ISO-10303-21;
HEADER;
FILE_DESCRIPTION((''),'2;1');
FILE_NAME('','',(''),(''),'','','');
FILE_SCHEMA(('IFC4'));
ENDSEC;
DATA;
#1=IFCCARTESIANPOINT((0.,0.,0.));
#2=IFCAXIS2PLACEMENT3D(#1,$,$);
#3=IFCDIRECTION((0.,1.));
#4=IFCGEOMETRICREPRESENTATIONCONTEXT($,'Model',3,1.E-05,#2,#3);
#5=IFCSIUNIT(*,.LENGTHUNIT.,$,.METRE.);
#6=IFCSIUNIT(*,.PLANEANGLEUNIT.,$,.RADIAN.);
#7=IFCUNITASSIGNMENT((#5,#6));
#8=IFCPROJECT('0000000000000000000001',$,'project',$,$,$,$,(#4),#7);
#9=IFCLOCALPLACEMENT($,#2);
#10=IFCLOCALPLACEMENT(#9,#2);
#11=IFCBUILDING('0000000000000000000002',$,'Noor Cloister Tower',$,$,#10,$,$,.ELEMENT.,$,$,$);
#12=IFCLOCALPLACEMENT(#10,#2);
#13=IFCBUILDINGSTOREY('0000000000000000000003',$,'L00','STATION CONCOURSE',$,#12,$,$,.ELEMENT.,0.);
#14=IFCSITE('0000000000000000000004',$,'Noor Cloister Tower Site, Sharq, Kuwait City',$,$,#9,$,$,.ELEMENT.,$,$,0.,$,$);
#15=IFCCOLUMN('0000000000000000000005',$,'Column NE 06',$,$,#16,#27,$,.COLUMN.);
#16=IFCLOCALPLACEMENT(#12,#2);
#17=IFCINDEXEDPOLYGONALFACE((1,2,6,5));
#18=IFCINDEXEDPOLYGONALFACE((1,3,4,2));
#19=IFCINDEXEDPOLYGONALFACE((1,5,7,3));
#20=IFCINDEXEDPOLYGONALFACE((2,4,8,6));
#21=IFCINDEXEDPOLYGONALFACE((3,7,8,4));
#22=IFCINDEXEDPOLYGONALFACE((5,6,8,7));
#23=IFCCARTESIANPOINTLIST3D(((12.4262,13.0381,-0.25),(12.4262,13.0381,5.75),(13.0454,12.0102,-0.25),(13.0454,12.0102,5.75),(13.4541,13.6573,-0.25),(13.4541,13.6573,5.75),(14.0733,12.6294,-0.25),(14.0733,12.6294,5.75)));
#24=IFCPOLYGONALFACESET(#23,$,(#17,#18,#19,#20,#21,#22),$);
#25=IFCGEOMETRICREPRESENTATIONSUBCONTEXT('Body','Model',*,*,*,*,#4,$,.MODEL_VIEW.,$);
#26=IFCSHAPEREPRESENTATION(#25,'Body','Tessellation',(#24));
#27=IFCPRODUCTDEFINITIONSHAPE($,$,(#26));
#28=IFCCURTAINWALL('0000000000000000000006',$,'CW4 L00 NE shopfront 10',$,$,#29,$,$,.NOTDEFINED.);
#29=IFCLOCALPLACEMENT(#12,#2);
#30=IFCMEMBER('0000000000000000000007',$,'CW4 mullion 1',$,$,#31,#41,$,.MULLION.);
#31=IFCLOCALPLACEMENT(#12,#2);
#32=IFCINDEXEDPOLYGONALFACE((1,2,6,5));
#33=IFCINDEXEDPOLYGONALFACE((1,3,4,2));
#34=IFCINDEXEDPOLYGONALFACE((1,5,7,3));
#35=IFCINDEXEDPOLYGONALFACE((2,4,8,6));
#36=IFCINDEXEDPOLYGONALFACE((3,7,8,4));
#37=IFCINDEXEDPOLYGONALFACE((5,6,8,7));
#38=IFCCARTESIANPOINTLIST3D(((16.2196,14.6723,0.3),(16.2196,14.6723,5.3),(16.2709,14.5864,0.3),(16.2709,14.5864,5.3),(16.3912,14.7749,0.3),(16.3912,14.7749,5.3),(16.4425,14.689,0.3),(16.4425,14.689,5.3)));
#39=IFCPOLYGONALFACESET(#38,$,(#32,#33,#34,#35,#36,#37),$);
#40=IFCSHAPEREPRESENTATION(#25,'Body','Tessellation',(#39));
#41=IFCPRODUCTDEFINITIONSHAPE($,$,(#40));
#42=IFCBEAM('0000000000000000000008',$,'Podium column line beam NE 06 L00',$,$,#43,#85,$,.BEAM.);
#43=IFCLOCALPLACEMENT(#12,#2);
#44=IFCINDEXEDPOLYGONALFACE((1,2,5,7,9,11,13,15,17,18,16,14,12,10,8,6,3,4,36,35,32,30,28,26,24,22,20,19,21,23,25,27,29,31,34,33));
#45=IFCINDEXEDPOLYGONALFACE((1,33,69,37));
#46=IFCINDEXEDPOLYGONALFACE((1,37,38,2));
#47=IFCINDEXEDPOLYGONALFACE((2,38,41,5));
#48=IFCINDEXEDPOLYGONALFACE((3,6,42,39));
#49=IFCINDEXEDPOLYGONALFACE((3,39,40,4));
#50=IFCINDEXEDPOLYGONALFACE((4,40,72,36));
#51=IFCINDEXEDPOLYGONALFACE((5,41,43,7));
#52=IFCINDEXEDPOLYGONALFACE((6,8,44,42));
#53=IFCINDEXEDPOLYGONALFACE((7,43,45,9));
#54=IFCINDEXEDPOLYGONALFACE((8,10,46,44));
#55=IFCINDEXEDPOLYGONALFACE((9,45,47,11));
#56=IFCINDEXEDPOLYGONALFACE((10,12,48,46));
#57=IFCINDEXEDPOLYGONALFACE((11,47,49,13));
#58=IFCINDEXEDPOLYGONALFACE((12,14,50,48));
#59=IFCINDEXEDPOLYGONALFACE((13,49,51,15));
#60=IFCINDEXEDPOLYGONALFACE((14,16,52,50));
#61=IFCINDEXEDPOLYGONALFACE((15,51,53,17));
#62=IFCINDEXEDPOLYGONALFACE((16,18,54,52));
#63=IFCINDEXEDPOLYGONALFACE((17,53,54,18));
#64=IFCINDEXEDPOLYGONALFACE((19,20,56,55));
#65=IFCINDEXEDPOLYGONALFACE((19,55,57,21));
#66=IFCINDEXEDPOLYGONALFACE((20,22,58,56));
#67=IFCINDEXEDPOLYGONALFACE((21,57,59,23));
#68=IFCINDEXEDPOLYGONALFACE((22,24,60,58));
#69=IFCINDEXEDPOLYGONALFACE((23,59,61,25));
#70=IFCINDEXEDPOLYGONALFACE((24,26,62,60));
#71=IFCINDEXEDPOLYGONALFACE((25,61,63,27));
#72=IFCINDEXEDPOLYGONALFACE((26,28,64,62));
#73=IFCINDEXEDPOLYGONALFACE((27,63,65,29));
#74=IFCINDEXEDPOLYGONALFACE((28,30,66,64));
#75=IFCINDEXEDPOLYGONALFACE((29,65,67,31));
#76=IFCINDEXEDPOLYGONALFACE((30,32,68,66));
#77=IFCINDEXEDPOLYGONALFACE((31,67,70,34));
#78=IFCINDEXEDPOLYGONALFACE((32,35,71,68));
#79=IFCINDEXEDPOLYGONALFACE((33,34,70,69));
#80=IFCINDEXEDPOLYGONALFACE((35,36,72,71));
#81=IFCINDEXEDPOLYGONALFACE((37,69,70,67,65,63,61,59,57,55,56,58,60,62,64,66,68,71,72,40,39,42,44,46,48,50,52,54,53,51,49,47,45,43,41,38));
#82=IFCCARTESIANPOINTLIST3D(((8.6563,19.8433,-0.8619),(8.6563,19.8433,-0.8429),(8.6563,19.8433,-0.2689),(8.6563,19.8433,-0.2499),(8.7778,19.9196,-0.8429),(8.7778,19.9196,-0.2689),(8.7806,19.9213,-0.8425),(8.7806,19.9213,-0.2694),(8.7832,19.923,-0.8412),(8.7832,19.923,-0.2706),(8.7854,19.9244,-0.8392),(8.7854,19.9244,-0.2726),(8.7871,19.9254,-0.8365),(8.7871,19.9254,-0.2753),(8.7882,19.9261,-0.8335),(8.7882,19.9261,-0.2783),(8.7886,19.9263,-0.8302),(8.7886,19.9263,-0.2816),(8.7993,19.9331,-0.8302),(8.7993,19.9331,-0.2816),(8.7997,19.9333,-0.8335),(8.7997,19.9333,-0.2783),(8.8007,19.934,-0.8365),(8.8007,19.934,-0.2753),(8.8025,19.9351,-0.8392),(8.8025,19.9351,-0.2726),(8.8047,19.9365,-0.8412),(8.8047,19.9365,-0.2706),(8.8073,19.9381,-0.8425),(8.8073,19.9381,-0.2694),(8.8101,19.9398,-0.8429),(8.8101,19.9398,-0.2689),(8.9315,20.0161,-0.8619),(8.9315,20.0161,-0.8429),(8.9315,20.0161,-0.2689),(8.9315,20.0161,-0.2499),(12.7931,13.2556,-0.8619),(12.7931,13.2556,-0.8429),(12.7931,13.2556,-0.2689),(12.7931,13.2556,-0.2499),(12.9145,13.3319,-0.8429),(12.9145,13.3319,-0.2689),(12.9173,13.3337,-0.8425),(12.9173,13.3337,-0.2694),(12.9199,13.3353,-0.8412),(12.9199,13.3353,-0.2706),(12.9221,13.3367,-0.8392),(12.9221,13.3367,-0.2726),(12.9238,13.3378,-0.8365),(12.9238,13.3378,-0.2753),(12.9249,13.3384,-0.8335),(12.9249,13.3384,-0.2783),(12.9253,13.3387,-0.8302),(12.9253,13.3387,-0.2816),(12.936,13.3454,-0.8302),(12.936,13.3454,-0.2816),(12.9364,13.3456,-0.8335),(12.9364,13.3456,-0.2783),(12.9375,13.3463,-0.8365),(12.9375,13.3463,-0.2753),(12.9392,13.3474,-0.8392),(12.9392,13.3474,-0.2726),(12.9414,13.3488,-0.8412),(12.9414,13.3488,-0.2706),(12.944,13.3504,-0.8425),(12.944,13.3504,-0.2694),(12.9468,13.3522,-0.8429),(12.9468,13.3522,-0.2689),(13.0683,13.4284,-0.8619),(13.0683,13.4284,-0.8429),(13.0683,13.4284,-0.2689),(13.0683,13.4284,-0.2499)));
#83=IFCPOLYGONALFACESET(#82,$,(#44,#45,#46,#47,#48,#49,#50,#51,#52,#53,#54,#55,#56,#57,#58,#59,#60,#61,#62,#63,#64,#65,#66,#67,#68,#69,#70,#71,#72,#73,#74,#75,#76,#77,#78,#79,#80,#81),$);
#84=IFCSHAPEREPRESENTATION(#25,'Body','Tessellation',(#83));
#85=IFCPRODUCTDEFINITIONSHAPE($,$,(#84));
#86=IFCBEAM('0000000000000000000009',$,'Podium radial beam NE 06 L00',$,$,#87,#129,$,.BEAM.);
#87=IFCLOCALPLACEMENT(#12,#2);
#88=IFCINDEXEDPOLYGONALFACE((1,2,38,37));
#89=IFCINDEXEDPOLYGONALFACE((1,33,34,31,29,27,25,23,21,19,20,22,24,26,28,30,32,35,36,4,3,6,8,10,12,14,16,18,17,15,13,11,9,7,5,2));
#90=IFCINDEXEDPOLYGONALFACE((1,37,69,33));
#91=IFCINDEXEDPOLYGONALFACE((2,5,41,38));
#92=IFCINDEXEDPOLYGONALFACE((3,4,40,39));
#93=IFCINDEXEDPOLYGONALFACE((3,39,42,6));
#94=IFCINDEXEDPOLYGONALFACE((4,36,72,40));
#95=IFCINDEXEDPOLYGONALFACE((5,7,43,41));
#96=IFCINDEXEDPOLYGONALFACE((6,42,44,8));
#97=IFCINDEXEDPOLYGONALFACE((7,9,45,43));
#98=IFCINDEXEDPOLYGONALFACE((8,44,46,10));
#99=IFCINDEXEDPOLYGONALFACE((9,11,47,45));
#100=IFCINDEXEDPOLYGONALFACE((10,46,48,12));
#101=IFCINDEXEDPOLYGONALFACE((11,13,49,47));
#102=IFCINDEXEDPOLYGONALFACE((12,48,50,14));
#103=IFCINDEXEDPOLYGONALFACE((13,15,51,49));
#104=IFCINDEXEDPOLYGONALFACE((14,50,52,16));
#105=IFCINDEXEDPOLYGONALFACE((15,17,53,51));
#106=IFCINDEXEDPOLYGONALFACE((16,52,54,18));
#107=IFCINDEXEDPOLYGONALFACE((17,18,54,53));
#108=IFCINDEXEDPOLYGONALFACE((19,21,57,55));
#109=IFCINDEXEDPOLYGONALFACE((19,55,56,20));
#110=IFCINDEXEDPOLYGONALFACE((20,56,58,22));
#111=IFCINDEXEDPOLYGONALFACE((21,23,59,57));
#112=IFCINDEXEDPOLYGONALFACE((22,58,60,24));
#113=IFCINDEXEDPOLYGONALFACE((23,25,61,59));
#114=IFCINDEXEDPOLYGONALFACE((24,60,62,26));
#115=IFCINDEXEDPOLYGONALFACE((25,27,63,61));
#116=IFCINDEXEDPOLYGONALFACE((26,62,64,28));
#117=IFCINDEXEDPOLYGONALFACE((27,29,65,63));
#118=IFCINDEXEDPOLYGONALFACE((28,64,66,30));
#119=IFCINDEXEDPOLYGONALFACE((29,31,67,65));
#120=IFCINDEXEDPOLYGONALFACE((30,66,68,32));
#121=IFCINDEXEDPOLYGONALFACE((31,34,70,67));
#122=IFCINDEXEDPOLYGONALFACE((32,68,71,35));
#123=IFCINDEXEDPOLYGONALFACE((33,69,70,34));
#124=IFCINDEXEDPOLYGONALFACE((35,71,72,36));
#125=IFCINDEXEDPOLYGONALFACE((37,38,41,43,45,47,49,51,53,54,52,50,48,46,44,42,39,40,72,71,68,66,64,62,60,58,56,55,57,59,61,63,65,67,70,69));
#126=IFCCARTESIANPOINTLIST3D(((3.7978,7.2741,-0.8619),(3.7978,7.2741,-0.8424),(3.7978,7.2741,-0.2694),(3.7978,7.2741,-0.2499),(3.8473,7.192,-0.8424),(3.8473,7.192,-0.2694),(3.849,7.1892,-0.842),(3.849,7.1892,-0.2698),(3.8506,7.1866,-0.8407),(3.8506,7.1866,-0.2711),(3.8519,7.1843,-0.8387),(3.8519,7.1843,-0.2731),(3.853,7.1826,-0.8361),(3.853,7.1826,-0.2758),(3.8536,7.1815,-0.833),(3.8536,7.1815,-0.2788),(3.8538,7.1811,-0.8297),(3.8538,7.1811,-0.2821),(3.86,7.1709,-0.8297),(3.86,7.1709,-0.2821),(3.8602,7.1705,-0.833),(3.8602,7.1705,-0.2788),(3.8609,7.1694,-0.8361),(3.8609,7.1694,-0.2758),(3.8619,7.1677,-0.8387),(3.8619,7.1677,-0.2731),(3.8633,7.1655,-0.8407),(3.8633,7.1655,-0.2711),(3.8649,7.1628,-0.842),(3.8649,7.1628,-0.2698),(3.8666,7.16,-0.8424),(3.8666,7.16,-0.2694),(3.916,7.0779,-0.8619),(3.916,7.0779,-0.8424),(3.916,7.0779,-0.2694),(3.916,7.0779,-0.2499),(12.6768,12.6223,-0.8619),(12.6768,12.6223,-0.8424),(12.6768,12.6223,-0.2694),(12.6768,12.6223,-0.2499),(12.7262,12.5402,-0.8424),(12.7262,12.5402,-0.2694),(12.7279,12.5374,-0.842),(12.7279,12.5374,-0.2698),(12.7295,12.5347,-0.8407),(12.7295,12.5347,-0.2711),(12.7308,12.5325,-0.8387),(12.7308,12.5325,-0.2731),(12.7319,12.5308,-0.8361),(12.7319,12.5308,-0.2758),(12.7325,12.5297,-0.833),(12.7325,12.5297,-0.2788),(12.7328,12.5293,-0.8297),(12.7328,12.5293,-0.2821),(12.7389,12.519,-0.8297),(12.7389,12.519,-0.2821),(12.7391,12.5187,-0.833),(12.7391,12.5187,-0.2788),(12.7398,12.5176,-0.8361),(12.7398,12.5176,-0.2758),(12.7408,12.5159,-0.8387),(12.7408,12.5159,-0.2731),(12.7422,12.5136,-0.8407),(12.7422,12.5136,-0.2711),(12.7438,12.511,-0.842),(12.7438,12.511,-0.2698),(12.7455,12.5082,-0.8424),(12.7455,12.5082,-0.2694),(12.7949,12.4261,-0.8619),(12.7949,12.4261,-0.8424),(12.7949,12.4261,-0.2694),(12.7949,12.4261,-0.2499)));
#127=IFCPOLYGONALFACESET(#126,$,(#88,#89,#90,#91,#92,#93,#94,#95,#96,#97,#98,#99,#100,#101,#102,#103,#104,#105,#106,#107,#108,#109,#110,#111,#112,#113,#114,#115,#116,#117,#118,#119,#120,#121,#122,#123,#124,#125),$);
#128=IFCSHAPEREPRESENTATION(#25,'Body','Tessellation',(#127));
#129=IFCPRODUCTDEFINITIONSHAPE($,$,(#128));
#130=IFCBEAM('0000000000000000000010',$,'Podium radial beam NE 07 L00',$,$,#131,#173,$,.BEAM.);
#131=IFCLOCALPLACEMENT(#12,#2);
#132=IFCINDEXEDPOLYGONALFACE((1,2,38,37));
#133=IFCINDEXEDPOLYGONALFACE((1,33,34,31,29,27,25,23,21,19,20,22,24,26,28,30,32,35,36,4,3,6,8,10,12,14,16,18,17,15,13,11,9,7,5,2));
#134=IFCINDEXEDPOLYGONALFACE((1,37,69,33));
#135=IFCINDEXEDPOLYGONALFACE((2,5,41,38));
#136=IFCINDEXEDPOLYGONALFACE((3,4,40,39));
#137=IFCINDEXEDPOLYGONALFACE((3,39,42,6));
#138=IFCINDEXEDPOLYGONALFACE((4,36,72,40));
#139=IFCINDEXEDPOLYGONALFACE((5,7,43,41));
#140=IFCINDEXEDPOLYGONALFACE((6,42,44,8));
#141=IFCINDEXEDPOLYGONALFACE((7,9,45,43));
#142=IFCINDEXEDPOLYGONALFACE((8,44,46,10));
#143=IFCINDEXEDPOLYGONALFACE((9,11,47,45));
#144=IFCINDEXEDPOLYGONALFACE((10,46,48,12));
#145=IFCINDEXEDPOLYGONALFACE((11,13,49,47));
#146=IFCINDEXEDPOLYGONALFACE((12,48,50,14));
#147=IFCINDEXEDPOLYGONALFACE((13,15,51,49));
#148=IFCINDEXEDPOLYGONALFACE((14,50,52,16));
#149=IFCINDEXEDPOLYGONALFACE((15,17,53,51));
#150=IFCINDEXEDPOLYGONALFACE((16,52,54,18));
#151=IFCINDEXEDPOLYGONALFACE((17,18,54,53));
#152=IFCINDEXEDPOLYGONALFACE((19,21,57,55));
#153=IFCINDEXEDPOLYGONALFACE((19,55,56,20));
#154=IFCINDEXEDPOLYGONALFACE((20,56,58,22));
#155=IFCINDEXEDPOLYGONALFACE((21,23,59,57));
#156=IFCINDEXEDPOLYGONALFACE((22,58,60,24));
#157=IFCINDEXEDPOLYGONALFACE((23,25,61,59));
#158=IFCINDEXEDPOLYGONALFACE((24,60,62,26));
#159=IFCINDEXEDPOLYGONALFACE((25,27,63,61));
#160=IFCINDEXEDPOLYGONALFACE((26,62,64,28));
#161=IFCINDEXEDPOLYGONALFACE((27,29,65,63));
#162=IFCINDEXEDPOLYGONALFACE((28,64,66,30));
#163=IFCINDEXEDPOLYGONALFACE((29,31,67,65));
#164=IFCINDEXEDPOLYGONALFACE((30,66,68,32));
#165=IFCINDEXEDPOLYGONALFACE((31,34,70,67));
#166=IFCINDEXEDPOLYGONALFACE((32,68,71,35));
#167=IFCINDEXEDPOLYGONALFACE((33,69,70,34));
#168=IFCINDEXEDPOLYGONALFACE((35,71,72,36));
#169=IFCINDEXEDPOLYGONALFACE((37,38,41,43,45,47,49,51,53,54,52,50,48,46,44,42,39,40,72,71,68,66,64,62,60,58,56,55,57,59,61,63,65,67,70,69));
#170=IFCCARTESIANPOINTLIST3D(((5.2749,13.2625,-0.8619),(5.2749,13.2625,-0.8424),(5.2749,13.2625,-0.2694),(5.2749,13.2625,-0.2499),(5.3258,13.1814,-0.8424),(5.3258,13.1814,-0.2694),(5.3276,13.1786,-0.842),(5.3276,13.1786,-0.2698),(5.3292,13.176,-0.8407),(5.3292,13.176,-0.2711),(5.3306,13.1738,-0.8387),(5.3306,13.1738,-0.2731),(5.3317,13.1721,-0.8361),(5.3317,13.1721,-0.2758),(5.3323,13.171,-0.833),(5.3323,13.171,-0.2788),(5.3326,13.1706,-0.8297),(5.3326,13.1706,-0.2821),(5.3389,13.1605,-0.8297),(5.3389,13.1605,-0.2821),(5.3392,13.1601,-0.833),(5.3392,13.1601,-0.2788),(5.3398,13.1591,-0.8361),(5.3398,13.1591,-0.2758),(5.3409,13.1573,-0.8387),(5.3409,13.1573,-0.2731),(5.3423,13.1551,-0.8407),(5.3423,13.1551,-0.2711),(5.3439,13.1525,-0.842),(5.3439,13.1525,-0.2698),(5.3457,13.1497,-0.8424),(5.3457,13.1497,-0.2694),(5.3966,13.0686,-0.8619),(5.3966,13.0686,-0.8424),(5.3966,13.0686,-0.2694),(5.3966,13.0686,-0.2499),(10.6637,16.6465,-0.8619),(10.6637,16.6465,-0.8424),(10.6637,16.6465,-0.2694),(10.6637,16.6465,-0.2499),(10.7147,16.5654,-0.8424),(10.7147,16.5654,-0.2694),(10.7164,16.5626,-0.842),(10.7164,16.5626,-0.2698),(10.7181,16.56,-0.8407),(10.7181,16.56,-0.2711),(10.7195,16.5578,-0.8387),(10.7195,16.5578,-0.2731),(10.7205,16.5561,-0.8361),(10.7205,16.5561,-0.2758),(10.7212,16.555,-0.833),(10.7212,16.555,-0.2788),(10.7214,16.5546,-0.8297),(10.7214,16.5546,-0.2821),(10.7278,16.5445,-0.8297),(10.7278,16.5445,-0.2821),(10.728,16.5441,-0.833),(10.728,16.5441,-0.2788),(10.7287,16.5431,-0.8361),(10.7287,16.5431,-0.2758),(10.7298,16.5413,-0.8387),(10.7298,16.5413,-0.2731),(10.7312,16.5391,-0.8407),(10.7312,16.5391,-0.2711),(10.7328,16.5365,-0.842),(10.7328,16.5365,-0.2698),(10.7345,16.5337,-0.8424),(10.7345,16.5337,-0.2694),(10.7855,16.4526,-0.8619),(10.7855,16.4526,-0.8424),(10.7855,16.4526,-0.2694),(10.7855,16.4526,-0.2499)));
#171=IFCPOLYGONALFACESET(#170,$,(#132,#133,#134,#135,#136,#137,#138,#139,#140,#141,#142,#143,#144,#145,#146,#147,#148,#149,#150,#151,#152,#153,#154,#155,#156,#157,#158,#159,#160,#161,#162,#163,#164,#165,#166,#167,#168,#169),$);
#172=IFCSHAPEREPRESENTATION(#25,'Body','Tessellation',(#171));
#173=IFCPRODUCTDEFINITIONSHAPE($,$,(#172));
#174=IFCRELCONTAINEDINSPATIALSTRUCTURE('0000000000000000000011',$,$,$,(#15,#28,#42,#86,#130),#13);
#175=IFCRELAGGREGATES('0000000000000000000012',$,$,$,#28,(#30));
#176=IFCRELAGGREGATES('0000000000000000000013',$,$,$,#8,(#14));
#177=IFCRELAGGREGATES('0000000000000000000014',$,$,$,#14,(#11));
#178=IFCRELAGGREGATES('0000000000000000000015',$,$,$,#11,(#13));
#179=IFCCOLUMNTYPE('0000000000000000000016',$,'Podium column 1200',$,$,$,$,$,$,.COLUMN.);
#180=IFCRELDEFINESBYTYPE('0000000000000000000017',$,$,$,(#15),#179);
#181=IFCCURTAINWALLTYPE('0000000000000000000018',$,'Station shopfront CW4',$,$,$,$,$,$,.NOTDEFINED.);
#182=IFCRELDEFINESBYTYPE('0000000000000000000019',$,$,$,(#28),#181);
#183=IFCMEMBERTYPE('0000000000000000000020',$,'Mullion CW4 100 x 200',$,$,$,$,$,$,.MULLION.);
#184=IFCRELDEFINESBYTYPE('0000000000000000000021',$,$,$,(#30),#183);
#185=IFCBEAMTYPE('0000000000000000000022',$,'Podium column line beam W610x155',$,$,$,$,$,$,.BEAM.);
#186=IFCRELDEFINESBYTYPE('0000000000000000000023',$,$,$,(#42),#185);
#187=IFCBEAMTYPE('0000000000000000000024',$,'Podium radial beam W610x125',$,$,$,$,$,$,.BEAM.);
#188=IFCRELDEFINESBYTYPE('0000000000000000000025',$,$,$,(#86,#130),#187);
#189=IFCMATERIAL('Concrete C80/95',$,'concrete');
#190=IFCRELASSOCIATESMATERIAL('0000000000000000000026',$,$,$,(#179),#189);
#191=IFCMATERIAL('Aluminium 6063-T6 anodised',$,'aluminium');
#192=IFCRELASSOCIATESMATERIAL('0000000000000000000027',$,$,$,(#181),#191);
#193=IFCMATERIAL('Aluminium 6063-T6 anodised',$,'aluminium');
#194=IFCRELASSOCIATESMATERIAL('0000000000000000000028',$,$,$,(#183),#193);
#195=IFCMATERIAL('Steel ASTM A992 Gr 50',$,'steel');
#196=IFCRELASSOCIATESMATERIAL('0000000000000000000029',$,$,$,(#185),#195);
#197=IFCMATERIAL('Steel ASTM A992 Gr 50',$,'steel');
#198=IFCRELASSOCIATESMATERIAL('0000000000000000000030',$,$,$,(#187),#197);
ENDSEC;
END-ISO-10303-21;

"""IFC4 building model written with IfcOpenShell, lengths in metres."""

from ifc_helpers import new_model, si_unit, direction, frame, origin, origin_2d, place, context, subcontext, project, spatial, rectangle, i_section, extrude, material, material_profile, profile_set, type_object, element, aggregate, save


model = new_model("IFC4")

# Units and contexts
model_context = context("Model", 3, precision=1e-05, world=origin(), true_north=direction((0.0, 1.0)))
body_context = subcontext(model_context, "Body", "Model", "MODEL_VIEW")
ifc_project = project(units=[si_unit("LENGTHUNIT", "METRE"), si_unit("PLANEANGLEUNIT", "RADIAN")], contexts=[model_context])

# Site, building, storey
site_placement = place(None, origin())
site = spatial("IfcSite", under=ifc_project, at=site_placement, Name="Noor Cloister Tower Site, Sharq, Kuwait City", CompositionType="ELEMENT", RefElevation=0.0)
building_placement = place(site_placement, origin())
building = spatial("IfcBuilding", under=site, at=building_placement, Name="Noor Cloister Tower", CompositionType="ELEMENT")
storey_placement = place(building_placement, origin())
storey = spatial("IfcBuildingStorey", under=building, at=storey_placement, Name="L00", Description="STATION CONCOURSE", CompositionType="ELEMENT", Elevation=0.0)

# Column
ifc_material_1 = material(Name="Concrete C80/95", Category="concrete")
ifc_material_profile_1 = material_profile(ifc_material_1, rectangle(XDim=1.2, YDim=1.2, at=origin_2d()), Name="Podium column 1200")
ifc_profile_set_1 = profile_set([ifc_material_profile_1], Name="Concrete C80/95")
column_type = type_object("IfcColumnType", Name="Podium column 1200", PredefinedType="COLUMN", material=ifc_profile_set_1)
column_placement = place(storey_placement, frame((13.2498, 12.8337, -0.25), z_axis=(0.0, 0.0, 1.0), x_axis=(0.8566, 0.515981, 0.0)))
element("IfcColumn", 1, at=column_placement, inside=storey, type_object=column_type, Name="Column NE 06", PredefinedType="COLUMN", context=body_context, shape_type="SweptSolid", body=[
    extrude(rectangle(XDim=1.2, YDim=1.2, at=origin_2d()), origin(), (0.0, 0.0, 1.0), 6.0),
])

# Curtain wall, member
ifc_material_2 = material(Name="Aluminium 6063-T6 anodised", Category="aluminium")
curtain_wall_type = type_object("IfcCurtainWallType", Name="Station shopfront CW4", PredefinedType="NOTDEFINED", material=ifc_material_2)
curtain_wall_placement = place(storey_placement, origin())
curtain_wall = element("IfcCurtainWall", 2, at=curtain_wall_placement, inside=storey, type_object=curtain_wall_type, Name="CW4 L00 NE shopfront 10", PredefinedType="NOTDEFINED")
ifc_material_3 = material(Name="Aluminium 6063-T6 anodised", Category="aluminium")
ifc_material_profile_2 = material_profile(ifc_material_3, rectangle(XDim=0.2, YDim=0.1001, at=origin_2d()), Name="200 x 100 mullion")
ifc_profile_set_2 = profile_set([ifc_material_profile_2], Name="Aluminium 6063-T6 anodised")
member_type = type_object("IfcMemberType", Name="Mullion CW4 100 x 200", PredefinedType="MULLION", material=ifc_profile_set_2)
member_placement = place(storey_placement, frame((16.3311, 14.6807, 0.3), z_axis=(0.0, 0.0, 1.0), x_axis=(-0.858221, -0.51328, 0.0)))
member = element("IfcMember", 3, at=member_placement, type_object=member_type, Name="CW4 mullion 1", PredefinedType="MULLION", context=body_context, shape_type="SweptSolid", body=[
    extrude(rectangle(XDim=0.2, YDim=0.1001, at=origin_2d()), origin(), (0.0, 0.0, 1.0), 5.0),
])

# Beams
ifc_material_4 = material(Name="Steel ASTM A992 Gr 50", Category="steel")
ifc_material_profile_3 = material_profile(ifc_material_4, i_section(OverallWidth=0.325, OverallDepth=0.6121, WebThickness=0.0127, FlangeThickness=0.019, FilletRadius=0.0127, at=origin_2d()), Name="W610x155")
ifc_profile_set_3 = profile_set([ifc_material_profile_3], Name="Steel ASTM A992 Gr 50")
beam_type_1 = type_object("IfcBeamType", Name="Podium column line beam W610x155", PredefinedType="BEAM", material=ifc_profile_set_3)
beam_1_placement = place(storey_placement, frame((12.9307, 13.342, -0.5559), z_axis=(-0.531795, 0.846873, 0.0), x_axis=(-0.846873, -0.531795, 0.0)))
element("IfcBeam", 4, at=beam_1_placement, inside=storey, type_object=beam_type_1, Name="Podium column line beam NE 06 L00", PredefinedType="BEAM", context=body_context, shape_type="SweptSolid", body=[
    extrude(i_section(OverallWidth=0.325, OverallDepth=0.6121, WebThickness=0.0127, FlangeThickness=0.019, FilletRadius=0.0127, at=origin_2d()), origin(), (0.0, 0.0, 1.0), 7.7788),
])
ifc_material_5 = material(Name="Steel ASTM A992 Gr 50", Category="steel")
ifc_material_profile_4 = material_profile(ifc_material_5, i_section(OverallWidth=0.229, OverallDepth=0.6121, WebThickness=0.012, FlangeThickness=0.0195, FilletRadius=0.0127, at=origin_2d()), Name="W610x125")
ifc_profile_set_4 = profile_set([ifc_material_profile_4], Name="Steel ASTM A992 Gr 50")
beam_type_2 = type_object("IfcBeamType", Name="Podium radial beam W610x125", PredefinedType="BEAM", material=ifc_profile_set_4)
beam_2_placement = place(storey_placement, frame((12.7358, 12.5242, -0.5559), z_axis=(-0.856606, -0.515971, 0.0), x_axis=(0.515971, -0.856606, 0.0)))
element("IfcBeam", 5, at=beam_2_placement, inside=storey, type_object=beam_type_2, Name="Podium radial beam NE 06 L00", PredefinedType="BEAM", context=body_context, shape_type="SweptSolid", body=[
    extrude(i_section(OverallWidth=0.229, OverallDepth=0.6121, WebThickness=0.012, FlangeThickness=0.0195, FilletRadius=0.0127, at=origin_2d()), origin(), (0.0, 0.0, 1.0), 10.3652),
])
beam_3_placement = place(storey_placement, frame((10.7246, 16.5496, -0.5559), z_axis=(-0.846869, -0.531801, 0.0), x_axis=(0.531801, -0.846869, 0.0)))
element("IfcBeam", 6, at=beam_3_placement, inside=storey, type_object=beam_type_2, Name="Podium radial beam NE 07 L00", PredefinedType="BEAM", context=body_context, shape_type="SweptSolid", body=[
    extrude(i_section(OverallWidth=0.229, OverallDepth=0.6121, WebThickness=0.012, FlangeThickness=0.0195, FilletRadius=0.0127, at=origin_2d()), origin(), (0.0, 0.0, 1.0), 6.3633),
])

aggregate(curtain_wall, [member])

save(model, "model.ifc")
